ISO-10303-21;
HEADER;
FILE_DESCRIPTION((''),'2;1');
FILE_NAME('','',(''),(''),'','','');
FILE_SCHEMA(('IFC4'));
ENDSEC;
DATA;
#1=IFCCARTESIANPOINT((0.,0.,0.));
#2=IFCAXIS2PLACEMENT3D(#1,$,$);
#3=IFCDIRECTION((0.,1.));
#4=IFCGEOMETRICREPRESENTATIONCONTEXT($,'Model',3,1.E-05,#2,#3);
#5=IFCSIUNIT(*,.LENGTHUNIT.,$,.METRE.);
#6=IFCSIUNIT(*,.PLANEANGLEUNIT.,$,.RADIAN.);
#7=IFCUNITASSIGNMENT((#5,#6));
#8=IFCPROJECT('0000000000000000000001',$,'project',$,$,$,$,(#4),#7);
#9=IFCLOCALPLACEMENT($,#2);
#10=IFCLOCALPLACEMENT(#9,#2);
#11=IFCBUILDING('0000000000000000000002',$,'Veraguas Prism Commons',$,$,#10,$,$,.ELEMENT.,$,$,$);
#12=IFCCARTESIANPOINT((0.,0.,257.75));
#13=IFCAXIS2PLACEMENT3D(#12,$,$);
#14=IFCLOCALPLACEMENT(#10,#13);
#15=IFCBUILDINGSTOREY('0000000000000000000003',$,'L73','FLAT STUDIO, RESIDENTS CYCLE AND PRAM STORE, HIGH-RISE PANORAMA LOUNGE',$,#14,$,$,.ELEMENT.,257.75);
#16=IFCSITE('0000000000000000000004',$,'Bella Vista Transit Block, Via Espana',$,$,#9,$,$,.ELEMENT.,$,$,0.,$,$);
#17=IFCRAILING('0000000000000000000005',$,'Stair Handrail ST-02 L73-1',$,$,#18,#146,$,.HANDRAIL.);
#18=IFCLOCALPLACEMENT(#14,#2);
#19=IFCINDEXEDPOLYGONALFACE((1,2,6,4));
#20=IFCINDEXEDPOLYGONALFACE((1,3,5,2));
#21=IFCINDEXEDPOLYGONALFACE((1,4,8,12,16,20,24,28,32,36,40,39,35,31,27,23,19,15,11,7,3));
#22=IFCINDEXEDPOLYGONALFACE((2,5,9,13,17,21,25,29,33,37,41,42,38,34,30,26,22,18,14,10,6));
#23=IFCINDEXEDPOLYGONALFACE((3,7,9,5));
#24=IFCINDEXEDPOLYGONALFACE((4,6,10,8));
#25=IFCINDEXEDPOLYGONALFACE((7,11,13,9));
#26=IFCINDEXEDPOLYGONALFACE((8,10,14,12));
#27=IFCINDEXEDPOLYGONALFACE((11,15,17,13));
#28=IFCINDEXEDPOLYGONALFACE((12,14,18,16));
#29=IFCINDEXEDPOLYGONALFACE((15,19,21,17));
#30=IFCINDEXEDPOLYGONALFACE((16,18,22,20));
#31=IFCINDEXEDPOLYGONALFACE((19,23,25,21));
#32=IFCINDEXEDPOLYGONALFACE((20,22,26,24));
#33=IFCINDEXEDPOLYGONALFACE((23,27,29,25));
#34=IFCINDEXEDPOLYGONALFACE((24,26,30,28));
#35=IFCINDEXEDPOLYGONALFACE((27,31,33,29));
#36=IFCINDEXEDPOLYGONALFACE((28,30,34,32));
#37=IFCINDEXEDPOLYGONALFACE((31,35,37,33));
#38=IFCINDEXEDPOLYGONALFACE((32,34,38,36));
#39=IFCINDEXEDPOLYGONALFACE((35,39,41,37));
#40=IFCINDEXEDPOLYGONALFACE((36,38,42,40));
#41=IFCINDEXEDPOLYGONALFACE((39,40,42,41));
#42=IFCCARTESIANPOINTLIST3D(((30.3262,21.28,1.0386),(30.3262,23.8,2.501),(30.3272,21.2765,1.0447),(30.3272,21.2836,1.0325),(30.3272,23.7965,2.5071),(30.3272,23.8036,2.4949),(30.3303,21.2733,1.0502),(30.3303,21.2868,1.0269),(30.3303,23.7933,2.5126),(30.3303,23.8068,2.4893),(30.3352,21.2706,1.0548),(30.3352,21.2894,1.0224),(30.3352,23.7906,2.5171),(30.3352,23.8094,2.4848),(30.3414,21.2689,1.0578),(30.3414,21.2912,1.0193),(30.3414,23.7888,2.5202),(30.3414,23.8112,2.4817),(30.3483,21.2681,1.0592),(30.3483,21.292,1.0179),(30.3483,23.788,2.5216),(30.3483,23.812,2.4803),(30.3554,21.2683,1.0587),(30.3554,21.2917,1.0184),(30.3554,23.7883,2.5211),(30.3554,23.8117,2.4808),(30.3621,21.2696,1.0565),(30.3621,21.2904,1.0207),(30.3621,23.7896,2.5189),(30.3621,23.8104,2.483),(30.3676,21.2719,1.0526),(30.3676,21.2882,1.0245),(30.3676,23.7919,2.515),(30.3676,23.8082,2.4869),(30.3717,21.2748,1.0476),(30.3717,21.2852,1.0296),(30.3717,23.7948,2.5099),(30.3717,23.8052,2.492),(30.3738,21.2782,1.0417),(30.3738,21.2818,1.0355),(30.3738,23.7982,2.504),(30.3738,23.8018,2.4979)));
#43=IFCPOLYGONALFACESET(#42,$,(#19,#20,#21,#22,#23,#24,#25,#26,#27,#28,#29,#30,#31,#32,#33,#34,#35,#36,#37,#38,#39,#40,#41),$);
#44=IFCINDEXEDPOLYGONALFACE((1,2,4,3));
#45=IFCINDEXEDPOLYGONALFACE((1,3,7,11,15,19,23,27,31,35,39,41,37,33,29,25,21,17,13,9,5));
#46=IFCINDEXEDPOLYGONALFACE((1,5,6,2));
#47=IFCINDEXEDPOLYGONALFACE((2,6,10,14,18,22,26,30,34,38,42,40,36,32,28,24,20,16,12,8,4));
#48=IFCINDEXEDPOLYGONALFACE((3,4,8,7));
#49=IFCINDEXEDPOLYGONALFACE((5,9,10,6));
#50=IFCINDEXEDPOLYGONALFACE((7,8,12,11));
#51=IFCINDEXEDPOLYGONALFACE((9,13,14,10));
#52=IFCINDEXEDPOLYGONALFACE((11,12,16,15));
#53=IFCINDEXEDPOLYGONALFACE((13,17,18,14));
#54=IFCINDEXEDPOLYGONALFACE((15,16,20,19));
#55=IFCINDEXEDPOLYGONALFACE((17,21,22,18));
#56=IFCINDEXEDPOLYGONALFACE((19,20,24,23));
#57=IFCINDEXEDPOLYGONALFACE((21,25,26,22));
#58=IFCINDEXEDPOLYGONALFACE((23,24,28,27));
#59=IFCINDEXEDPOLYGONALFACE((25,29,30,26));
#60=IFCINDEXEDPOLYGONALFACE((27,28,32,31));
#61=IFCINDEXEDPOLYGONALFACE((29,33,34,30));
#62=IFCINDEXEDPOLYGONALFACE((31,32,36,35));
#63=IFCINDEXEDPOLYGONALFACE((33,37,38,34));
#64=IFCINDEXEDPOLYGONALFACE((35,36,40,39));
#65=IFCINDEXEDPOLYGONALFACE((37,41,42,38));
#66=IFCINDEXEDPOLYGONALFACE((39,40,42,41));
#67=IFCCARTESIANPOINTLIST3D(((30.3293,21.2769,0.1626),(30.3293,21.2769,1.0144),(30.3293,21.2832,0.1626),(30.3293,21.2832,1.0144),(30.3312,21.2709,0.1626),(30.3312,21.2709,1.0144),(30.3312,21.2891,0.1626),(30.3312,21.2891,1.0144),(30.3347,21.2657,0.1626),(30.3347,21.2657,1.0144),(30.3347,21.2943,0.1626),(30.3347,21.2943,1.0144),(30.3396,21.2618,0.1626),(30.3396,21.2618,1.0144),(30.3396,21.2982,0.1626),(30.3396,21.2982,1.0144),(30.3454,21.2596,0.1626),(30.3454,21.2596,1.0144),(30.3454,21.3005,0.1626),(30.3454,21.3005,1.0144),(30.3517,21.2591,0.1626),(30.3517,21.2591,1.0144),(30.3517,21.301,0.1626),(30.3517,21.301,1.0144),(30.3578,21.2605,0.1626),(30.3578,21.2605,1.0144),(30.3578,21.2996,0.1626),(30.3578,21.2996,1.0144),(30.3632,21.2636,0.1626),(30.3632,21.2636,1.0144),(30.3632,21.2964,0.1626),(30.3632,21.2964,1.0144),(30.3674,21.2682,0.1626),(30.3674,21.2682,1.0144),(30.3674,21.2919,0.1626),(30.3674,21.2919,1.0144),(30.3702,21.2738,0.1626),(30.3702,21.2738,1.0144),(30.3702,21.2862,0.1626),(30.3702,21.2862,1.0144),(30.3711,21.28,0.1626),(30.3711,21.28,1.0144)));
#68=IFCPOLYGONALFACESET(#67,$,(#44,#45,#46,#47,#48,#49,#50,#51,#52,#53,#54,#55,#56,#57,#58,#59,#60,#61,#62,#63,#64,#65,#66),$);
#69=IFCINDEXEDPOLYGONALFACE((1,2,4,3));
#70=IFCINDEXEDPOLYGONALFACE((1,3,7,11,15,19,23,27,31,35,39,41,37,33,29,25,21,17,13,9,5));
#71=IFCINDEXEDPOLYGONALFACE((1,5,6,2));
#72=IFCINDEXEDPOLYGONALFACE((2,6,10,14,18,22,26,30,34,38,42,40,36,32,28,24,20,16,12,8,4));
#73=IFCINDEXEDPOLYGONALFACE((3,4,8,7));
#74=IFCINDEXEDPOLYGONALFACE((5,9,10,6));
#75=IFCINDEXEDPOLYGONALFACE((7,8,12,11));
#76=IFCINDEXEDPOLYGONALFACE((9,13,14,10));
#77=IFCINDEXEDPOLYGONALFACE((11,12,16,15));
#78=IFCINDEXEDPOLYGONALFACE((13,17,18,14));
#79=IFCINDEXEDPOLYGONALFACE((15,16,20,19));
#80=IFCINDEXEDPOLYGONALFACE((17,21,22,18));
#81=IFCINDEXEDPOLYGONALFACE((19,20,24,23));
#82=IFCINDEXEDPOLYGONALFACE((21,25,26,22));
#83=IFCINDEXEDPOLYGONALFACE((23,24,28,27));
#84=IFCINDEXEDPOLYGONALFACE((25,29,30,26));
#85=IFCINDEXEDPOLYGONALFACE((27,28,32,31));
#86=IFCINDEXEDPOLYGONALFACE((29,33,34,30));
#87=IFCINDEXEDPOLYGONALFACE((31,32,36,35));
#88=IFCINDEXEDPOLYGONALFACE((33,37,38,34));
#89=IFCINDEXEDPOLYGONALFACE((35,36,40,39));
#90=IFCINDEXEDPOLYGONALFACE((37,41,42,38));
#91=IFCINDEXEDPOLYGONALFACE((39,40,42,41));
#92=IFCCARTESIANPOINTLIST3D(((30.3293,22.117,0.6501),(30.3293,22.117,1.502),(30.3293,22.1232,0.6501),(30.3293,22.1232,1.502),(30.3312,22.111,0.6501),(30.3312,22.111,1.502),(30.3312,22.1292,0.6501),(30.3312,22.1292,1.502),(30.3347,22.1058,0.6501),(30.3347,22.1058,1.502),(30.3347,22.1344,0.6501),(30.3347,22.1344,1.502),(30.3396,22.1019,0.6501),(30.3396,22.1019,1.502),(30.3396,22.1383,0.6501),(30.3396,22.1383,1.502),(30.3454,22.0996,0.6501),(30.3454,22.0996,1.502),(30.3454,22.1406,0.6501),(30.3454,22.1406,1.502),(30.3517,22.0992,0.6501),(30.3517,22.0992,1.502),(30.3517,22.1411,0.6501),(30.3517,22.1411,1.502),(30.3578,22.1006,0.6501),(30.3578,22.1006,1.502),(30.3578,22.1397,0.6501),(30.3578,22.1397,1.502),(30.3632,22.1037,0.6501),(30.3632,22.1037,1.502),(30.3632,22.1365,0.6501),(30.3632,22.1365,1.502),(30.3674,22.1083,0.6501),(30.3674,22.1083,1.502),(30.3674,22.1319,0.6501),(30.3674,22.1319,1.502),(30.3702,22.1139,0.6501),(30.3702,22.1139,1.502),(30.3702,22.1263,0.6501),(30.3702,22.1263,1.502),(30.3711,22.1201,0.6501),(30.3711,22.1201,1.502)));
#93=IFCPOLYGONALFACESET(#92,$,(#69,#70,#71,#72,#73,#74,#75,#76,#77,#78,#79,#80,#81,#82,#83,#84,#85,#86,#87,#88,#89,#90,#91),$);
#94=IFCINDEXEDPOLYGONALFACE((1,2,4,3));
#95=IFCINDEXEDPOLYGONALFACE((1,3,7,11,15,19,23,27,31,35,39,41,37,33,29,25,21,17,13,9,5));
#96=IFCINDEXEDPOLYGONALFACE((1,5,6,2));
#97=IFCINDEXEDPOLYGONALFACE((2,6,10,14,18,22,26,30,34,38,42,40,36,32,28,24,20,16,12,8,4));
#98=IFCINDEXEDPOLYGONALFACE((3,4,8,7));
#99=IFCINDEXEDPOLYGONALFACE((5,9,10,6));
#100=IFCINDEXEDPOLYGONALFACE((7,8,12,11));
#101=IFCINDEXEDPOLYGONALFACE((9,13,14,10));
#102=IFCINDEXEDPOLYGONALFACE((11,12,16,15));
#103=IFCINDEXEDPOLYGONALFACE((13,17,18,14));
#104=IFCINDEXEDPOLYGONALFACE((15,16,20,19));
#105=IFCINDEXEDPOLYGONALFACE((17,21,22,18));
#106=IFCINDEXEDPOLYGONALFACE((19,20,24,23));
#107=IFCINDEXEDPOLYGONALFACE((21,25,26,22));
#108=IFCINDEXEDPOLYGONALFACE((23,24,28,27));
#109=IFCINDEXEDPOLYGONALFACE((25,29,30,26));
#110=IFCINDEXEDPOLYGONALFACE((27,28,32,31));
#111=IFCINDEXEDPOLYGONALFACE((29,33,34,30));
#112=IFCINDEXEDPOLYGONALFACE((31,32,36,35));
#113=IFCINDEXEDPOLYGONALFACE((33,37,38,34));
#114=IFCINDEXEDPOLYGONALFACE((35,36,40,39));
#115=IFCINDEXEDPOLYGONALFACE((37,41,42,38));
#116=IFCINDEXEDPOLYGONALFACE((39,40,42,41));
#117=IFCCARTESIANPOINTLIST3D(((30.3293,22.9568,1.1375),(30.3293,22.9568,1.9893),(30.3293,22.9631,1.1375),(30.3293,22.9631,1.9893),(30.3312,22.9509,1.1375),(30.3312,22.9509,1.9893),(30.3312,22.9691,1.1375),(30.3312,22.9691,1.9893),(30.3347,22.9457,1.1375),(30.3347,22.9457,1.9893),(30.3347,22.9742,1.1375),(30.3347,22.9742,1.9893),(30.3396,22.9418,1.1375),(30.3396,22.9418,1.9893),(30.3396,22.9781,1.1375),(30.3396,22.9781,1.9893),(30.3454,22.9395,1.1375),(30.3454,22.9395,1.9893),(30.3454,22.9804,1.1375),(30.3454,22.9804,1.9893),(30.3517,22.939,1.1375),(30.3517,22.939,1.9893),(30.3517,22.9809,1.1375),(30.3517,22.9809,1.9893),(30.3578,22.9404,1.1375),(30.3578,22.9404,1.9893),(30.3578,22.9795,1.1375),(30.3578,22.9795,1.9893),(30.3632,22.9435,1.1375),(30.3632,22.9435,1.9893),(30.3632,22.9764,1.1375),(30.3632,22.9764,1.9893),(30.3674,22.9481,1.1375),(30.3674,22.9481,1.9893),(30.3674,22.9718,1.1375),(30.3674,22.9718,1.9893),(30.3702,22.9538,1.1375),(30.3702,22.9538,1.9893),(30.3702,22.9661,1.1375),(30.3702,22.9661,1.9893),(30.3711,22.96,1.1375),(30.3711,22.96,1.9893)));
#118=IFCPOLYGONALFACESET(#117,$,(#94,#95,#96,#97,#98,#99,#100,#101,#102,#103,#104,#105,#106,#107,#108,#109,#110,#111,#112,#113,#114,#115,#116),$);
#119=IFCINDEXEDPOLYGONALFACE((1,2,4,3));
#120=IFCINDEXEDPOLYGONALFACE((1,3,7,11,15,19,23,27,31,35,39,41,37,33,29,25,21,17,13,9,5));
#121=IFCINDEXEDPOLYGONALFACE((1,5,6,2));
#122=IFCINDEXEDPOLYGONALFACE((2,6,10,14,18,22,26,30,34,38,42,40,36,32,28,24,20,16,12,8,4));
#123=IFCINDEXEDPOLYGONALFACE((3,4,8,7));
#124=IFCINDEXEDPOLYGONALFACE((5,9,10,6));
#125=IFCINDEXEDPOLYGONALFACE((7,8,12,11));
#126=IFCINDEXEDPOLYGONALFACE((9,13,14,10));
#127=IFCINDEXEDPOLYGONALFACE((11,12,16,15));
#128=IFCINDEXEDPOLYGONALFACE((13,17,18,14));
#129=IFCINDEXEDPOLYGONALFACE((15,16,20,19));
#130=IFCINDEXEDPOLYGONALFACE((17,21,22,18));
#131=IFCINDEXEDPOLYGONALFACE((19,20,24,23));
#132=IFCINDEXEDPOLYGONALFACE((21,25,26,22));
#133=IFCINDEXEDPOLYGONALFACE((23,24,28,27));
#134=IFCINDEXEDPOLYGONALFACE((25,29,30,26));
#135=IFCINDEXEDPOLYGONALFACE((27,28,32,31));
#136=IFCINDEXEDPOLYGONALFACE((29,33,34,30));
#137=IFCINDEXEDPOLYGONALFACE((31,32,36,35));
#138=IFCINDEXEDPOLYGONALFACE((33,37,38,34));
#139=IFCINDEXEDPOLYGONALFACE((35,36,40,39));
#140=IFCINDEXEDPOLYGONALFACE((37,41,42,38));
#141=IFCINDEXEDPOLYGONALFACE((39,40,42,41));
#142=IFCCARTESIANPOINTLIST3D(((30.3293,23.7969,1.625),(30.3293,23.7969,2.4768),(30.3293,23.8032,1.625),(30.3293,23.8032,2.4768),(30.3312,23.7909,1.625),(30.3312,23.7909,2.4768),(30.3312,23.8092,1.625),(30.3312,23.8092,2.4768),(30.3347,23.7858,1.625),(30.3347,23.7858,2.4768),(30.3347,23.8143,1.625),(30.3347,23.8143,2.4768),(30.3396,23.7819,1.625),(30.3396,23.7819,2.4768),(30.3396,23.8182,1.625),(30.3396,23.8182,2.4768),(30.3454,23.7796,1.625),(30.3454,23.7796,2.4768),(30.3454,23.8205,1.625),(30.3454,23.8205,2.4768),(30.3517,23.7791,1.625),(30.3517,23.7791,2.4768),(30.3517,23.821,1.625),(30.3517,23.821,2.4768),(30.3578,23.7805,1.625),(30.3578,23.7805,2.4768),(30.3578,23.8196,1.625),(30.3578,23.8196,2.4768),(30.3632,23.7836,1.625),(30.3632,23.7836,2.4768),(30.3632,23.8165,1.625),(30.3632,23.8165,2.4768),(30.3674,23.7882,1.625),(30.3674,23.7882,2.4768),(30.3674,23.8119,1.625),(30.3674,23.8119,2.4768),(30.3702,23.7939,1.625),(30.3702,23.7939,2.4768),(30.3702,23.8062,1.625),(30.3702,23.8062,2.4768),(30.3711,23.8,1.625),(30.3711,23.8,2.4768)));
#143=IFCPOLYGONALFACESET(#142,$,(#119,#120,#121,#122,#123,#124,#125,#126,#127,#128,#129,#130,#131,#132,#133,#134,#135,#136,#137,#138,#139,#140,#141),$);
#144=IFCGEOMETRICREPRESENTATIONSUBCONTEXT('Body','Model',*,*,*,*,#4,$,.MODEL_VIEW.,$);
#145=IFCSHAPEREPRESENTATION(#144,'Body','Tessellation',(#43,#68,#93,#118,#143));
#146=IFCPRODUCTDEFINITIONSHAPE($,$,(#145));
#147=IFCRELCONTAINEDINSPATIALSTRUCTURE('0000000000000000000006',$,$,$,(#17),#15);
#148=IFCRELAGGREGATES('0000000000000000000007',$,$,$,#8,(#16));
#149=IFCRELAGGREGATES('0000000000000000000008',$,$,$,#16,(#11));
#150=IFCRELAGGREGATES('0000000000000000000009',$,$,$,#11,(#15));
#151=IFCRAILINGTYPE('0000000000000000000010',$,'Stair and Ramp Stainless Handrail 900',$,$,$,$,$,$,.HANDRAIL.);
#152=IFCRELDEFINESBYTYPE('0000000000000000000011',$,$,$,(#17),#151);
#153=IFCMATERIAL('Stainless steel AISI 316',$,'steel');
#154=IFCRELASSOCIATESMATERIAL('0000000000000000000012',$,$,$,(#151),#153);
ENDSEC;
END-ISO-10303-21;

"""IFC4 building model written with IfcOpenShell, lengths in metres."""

from ifc_helpers import new_model, si_unit, direction, frame, origin, origin_2d, place, context, subcontext, project, spatial, circle, extrude, material, type_object, element, save


model = new_model("IFC4")

# Units and contexts
model_context = context("Model", 3, precision=1e-05, world=origin(), true_north=direction((0.0, 1.0)))
body_context = subcontext(model_context, "Body", "Model", "MODEL_VIEW")
ifc_project = project(units=[si_unit("LENGTHUNIT", "METRE"), si_unit("PLANEANGLEUNIT", "RADIAN")], contexts=[model_context])

# Site, building, storey
site_placement = place(None, origin())
site = spatial("IfcSite", under=ifc_project, at=site_placement, Name="Bella Vista Transit Block, Via Espana", CompositionType="ELEMENT", RefElevation=0.0)
building_placement = place(site_placement, origin())
building = spatial("IfcBuilding", under=site, at=building_placement, Name="Veraguas Prism Commons", CompositionType="ELEMENT")
storey_placement = place(building_placement, frame((0.0, 0.0, 257.75)))
storey = spatial("IfcBuildingStorey", under=building, at=storey_placement, Name="L73", Description="FLAT STUDIO, RESIDENTS CYCLE AND PRAM STORE, HIGH-RISE PANORAMA LOUNGE", CompositionType="ELEMENT", Elevation=257.75)

# Railing
ifc_material_1 = material(Name="Stainless steel AISI 316", Category="steel")
railing_type_1 = type_object("IfcRailingType", Name="Stair and Ramp Stainless Handrail 900", PredefinedType="HANDRAIL", material=ifc_material_1)
railing_1_placement = place(storey_placement, frame((30.3501, 21.28, 0.1626)))
element("IfcRailing", 1, at=railing_1_placement, inside=storey, type_object=railing_type_1, Name="Stair Handrail ST-02 L73-1", PredefinedType="HANDRAIL", context=body_context, shape_type="SweptSolid", body=[
    extrude(circle(Radius=0.0239, at=origin_2d()), frame((0.0, 0.0, 0.876), z_axis=(0.0, 0.864913, 0.501921), x_axis=(-1.0, 0.0, 0.0)), (0.0, 0.0, 1.0), 2.9136),
    extrude(circle(Radius=0.021, at=origin_2d()), origin(), (0.0, 0.0, 1.0), 0.8518),
    extrude(circle(Radius=0.021, at=origin_2d()), frame((0.0, 0.8401, 0.4875)), (0.0, 0.0, 1.0), 0.8518),
    extrude(circle(Radius=0.021, at=origin_2d()), frame((0.0, 1.6799, 0.9749)), (0.0, 0.0, 1.0), 0.8518),
    extrude(circle(Radius=0.021, at=origin_2d()), frame((0.0, 2.52, 1.4624)), (0.0, 0.0, 1.0), 0.8518),
])

save(model, "model.ifc")
